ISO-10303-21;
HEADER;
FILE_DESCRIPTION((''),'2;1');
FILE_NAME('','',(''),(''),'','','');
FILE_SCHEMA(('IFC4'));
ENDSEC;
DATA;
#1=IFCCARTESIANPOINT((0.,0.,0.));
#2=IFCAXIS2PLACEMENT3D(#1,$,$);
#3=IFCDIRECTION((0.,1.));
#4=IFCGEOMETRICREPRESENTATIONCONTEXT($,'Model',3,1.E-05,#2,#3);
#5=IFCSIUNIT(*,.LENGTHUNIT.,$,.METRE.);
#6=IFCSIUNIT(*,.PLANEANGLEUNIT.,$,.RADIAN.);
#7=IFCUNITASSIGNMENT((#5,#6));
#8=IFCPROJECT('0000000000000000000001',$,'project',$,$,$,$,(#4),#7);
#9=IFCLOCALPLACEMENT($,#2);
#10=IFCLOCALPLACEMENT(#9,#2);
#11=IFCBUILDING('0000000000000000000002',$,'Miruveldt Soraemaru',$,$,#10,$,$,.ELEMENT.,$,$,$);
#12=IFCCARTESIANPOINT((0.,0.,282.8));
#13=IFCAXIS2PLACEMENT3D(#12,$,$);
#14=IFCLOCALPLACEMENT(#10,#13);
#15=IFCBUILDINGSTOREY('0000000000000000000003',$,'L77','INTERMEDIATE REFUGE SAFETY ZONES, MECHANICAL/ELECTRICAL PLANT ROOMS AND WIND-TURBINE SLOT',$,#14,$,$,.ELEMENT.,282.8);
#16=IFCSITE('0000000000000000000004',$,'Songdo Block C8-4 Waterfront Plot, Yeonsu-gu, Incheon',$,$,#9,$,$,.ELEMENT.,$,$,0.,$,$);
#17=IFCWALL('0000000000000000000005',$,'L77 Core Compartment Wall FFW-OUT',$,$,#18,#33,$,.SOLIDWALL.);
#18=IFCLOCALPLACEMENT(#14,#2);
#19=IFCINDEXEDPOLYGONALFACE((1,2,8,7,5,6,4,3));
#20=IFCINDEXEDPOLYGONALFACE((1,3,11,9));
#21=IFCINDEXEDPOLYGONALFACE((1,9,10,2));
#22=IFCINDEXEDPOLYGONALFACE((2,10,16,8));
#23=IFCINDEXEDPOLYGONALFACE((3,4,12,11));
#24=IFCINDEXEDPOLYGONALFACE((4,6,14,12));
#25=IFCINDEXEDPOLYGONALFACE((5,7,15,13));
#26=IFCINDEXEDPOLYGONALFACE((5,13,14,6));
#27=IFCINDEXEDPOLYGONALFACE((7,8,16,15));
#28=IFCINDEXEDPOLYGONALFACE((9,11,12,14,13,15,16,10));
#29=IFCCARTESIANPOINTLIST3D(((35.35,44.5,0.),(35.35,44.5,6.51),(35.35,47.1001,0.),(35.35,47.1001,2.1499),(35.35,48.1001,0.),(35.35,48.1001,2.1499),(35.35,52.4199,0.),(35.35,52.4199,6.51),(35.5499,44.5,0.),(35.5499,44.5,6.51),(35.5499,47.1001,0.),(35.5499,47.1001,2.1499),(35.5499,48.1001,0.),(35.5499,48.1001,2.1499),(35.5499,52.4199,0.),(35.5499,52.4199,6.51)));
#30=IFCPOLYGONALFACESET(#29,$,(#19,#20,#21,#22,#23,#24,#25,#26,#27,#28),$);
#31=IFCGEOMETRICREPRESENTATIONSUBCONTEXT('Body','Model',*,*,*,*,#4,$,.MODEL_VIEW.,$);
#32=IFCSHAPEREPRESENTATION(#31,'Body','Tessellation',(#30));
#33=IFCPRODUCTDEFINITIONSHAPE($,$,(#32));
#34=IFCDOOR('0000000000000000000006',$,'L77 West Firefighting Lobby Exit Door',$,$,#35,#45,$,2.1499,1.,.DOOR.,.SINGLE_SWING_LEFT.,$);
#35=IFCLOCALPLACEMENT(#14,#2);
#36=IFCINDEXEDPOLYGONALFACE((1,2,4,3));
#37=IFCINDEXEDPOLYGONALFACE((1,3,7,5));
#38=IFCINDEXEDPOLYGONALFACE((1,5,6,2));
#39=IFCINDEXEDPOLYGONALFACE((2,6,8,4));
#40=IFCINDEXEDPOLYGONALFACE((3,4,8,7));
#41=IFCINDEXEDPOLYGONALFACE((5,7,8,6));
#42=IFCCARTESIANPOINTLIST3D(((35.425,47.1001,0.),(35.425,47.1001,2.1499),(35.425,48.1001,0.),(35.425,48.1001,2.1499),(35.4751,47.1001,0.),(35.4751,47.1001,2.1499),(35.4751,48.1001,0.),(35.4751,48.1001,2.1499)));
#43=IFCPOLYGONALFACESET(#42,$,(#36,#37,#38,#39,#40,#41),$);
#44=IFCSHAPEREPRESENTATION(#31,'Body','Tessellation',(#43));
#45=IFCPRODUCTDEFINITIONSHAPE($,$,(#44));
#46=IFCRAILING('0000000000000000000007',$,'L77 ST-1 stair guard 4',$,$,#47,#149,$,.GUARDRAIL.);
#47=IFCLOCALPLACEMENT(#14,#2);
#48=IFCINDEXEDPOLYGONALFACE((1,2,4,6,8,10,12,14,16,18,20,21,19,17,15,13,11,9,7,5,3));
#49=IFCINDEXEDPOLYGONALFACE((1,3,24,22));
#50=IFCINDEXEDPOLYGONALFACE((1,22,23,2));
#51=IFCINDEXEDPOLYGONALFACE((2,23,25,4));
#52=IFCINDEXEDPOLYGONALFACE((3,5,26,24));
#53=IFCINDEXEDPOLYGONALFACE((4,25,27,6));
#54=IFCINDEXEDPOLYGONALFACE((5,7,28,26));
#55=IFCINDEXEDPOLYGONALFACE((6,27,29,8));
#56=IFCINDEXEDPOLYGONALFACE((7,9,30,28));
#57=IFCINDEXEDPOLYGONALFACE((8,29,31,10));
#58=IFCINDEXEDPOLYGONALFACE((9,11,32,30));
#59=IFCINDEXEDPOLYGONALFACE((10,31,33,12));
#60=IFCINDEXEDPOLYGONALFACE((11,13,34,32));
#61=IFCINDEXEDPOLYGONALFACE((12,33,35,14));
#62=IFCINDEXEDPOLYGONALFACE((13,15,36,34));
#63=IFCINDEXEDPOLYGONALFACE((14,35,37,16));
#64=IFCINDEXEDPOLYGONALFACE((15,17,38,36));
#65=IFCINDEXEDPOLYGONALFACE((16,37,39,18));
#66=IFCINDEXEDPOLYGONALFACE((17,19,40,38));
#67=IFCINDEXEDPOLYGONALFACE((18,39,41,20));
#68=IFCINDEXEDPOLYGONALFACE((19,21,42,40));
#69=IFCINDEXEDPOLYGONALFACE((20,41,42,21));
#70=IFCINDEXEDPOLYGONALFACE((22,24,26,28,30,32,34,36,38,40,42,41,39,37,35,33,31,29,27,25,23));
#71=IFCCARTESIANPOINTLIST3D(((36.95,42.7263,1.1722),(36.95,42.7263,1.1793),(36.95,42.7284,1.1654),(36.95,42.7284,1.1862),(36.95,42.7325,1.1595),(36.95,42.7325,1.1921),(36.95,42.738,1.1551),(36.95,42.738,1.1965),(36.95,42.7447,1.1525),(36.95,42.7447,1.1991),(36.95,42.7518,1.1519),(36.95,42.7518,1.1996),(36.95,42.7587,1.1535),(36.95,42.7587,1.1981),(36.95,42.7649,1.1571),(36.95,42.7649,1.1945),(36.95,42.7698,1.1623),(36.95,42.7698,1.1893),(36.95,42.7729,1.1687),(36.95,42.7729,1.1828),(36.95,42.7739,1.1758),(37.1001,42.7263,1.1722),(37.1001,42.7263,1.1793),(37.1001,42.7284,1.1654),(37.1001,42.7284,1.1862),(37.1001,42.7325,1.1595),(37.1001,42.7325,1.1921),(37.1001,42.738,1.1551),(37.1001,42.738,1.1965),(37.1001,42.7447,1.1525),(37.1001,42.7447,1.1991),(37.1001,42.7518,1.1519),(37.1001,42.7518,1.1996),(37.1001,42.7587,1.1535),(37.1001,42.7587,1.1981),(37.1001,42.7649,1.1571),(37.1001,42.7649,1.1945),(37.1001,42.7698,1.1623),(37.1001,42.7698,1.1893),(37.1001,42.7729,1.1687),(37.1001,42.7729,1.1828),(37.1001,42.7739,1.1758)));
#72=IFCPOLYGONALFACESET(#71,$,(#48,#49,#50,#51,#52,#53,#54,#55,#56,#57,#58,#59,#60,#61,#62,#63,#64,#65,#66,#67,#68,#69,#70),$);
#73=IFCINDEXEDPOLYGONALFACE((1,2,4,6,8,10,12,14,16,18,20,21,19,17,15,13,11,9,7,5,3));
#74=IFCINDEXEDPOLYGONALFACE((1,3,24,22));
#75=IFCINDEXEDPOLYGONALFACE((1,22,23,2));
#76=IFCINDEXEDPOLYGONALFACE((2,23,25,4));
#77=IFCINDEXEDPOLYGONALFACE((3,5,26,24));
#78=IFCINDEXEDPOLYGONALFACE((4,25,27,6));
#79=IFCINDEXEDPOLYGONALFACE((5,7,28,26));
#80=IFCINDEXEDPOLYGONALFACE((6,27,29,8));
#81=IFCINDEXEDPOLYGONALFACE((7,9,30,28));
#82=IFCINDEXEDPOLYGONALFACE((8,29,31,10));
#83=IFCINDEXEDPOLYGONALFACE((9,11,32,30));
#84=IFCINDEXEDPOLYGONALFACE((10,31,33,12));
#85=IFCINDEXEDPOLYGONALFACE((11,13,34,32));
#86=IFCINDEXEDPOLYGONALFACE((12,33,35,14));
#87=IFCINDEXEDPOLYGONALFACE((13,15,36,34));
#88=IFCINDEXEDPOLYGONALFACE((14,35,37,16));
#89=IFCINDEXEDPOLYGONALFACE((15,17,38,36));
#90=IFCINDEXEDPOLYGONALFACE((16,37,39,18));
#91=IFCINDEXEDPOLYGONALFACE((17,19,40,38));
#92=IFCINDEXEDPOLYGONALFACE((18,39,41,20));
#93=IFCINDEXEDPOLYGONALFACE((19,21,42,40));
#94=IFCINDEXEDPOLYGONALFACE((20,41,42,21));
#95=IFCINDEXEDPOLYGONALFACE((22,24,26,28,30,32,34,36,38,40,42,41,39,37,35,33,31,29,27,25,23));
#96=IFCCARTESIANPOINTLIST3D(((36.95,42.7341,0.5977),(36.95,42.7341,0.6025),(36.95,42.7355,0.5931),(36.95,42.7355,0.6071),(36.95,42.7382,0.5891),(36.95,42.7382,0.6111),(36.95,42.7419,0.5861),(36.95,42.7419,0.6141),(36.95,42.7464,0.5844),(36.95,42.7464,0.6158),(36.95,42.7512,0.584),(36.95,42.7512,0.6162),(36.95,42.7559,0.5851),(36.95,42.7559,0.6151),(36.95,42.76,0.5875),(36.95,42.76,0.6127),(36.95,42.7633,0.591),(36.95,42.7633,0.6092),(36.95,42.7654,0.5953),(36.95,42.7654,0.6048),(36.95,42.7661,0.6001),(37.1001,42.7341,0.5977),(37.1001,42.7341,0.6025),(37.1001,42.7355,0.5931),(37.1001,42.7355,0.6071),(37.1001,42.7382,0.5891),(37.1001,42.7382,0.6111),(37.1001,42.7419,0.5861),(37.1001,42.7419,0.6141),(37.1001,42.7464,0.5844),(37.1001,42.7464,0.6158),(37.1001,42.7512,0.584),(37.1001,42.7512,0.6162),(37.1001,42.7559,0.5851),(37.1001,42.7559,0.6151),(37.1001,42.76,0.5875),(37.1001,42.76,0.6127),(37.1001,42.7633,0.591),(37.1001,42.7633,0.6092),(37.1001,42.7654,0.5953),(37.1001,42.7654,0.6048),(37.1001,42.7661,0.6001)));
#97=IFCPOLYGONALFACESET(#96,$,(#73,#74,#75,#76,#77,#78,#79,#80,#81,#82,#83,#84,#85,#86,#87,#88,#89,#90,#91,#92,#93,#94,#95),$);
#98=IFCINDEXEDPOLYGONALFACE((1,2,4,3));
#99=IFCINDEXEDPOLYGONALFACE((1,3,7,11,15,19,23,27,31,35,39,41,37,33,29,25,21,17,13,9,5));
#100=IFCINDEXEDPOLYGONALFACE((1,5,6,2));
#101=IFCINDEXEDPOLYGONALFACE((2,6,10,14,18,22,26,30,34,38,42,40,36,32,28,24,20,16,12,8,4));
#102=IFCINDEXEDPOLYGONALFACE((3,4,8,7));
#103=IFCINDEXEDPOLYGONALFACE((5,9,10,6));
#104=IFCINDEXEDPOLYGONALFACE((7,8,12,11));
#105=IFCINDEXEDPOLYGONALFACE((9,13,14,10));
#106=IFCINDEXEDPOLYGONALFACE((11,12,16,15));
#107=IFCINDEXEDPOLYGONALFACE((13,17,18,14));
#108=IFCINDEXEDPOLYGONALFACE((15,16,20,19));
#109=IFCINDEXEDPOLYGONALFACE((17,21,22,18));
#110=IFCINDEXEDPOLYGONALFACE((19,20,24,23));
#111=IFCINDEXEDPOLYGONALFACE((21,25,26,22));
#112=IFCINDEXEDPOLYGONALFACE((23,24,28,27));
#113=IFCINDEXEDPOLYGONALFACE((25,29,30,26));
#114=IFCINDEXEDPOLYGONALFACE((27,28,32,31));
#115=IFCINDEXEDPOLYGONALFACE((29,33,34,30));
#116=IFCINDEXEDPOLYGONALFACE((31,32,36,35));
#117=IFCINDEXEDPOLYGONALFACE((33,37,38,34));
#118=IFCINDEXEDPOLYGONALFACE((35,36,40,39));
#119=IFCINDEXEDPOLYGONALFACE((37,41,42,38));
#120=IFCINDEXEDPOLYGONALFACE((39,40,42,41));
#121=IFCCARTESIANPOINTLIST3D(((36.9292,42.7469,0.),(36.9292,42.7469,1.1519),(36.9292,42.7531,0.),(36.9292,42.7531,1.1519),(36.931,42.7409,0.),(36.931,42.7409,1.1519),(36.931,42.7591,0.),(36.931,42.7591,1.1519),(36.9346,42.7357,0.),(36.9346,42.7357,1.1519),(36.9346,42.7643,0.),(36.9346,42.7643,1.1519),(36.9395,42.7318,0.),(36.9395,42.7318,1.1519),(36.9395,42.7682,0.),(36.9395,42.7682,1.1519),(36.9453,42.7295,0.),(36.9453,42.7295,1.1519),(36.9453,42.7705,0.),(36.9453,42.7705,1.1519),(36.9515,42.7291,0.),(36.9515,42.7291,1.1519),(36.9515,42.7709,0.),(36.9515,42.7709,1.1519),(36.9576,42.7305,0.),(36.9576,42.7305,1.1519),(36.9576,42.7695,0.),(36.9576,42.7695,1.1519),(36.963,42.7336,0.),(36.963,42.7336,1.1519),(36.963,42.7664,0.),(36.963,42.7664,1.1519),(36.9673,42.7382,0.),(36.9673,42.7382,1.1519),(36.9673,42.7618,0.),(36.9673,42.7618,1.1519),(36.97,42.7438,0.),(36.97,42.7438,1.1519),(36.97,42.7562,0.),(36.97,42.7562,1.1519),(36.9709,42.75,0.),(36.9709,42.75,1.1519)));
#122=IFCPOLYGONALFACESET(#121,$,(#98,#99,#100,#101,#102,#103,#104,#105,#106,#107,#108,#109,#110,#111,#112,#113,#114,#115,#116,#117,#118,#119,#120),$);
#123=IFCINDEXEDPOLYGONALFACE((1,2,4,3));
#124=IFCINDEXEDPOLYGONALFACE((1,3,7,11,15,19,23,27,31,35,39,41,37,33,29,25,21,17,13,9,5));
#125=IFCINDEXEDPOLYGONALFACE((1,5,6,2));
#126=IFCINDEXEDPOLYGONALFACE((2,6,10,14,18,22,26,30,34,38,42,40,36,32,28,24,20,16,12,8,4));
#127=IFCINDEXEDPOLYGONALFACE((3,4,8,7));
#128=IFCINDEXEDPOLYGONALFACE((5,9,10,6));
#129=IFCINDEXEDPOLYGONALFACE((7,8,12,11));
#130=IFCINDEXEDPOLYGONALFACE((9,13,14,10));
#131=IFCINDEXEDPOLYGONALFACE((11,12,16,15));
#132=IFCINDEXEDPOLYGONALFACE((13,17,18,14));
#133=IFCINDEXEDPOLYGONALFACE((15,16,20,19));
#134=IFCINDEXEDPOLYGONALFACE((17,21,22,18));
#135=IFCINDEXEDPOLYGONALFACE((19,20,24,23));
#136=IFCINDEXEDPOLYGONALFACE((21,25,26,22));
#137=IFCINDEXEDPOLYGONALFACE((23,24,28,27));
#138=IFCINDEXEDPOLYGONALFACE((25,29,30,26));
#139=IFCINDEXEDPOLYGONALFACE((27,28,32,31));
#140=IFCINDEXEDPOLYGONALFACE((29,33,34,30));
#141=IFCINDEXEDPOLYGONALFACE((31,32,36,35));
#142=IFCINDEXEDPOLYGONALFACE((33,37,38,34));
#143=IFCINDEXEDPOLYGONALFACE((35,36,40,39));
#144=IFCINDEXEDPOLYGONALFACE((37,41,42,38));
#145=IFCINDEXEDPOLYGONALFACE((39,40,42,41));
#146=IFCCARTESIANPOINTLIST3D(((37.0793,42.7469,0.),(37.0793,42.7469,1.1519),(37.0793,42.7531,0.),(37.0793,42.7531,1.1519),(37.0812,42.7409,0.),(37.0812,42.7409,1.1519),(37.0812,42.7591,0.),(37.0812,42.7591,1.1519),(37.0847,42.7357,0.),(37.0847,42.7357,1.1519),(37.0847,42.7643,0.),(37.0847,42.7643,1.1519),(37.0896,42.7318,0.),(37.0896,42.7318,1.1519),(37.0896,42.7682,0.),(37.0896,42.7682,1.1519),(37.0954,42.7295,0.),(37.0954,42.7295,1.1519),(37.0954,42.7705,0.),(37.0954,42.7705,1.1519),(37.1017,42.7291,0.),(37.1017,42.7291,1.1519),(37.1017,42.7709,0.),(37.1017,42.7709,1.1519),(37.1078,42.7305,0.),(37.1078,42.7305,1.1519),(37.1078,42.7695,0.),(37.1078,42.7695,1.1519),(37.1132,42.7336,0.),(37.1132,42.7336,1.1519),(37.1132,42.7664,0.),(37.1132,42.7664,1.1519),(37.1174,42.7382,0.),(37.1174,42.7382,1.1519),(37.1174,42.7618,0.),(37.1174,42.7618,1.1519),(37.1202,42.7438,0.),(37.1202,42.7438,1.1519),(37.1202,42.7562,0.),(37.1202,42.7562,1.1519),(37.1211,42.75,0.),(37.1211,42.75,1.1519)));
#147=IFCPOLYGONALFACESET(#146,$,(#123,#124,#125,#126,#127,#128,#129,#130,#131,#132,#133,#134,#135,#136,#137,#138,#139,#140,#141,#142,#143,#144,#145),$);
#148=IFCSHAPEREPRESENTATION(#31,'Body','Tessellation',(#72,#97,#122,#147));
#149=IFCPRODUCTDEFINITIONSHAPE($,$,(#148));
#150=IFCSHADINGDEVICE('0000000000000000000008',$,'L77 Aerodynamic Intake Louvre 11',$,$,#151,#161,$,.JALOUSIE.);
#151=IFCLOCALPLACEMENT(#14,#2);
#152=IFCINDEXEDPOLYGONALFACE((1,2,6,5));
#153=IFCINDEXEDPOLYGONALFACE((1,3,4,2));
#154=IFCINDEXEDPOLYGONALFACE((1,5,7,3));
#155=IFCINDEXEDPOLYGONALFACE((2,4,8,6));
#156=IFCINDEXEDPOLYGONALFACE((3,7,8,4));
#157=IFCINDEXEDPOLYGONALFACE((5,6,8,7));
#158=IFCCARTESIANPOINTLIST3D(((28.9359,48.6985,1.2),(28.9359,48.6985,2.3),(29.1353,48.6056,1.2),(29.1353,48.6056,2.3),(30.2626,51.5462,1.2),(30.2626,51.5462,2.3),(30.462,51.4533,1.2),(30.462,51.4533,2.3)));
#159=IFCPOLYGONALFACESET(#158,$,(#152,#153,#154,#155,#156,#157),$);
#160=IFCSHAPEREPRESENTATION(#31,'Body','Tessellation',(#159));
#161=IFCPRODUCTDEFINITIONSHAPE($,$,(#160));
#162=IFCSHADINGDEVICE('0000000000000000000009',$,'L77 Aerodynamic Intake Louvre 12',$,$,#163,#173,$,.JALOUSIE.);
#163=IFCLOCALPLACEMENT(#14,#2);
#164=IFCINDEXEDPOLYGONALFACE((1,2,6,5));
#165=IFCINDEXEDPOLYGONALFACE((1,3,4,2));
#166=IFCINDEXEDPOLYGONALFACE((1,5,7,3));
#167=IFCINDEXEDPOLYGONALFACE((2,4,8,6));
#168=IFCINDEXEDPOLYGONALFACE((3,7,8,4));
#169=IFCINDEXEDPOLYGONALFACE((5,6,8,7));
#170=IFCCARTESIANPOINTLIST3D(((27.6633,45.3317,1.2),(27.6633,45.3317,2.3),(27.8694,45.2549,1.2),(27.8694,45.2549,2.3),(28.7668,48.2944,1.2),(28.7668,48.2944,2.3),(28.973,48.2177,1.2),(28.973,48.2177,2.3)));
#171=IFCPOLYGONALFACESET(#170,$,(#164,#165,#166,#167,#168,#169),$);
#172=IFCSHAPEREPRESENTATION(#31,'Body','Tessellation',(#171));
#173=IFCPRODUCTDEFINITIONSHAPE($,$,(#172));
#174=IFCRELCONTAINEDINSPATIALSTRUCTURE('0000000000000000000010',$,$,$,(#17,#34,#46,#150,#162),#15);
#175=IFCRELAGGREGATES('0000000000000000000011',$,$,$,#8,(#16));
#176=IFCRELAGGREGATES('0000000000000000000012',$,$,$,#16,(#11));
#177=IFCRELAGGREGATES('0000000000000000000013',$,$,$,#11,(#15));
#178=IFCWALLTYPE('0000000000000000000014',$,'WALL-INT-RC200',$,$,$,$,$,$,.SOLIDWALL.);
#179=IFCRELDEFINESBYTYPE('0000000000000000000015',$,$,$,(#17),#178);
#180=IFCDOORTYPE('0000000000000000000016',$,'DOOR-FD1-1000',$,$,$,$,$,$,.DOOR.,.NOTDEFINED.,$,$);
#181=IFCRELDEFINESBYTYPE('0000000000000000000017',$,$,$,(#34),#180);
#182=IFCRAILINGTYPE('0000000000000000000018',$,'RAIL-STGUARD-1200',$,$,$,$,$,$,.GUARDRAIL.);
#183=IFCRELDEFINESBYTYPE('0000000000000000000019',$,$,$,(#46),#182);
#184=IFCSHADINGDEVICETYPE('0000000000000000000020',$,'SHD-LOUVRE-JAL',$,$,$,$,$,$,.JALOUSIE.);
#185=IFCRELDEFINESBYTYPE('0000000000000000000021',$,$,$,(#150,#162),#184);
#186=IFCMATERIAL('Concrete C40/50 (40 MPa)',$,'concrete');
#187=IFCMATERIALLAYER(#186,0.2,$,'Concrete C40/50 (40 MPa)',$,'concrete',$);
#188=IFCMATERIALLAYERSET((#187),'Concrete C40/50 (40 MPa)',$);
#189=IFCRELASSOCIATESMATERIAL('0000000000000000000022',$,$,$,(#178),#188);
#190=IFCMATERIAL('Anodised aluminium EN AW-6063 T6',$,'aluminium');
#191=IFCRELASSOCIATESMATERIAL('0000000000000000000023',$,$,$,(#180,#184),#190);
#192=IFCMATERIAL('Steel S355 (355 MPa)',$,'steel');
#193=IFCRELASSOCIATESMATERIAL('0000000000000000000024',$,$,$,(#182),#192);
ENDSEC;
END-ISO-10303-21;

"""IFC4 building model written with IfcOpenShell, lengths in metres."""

from ifc_helpers import new_model, si_unit, direction, frame, frame_2d, origin, origin_2d, place, context, subcontext, project, spatial, rectangle, circle, extrude, material, layer, layer_set, type_object, element, fill, save


model = new_model("IFC4")

# Units and contexts
model_context = context("Model", 3, precision=1e-05, world=origin(), true_north=direction((0.0, 1.0)))
body_context = subcontext(model_context, "Body", "Model", "MODEL_VIEW")
ifc_project = project(units=[si_unit("LENGTHUNIT", "METRE"), si_unit("PLANEANGLEUNIT", "RADIAN")], contexts=[model_context])

# Site, building, storey
site_placement = place(None, origin())
site = spatial("IfcSite", under=ifc_project, at=site_placement, Name="Songdo Block C8-4 Waterfront Plot, Yeonsu-gu, Incheon", CompositionType="ELEMENT", RefElevation=0.0)
building_placement = place(site_placement, origin())
building = spatial("IfcBuilding", under=site, at=building_placement, Name="Miruveldt Soraemaru", CompositionType="ELEMENT")
storey_placement = place(building_placement, frame((0.0, 0.0, 282.8)))
storey = spatial("IfcBuildingStorey", under=building, at=storey_placement, Name="L77", Description="INTERMEDIATE REFUGE SAFETY ZONES, MECHANICAL/ELECTRICAL PLANT ROOMS AND WIND-TURBINE SLOT", CompositionType="ELEMENT", Elevation=282.8)

# Shared definitions
ifc_material_1 = material(Name="Anodised aluminium EN AW-6063 T6", Category="aluminium")

# Shared definitions
ifc_material_2 = material(Name="Concrete C40/50 (40 MPa)", Category="concrete")

# Wall, opening, door
ifc_layer_1 = layer(ifc_material_2, 0.2, Name="Concrete C40/50 (40 MPa)", Category="concrete")
ifc_layer_set_1 = layer_set([ifc_layer_1], Name="Concrete C40/50 (40 MPa)")
wall_type_1 = type_object("IfcWallType", Name="WALL-INT-RC200", PredefinedType="SOLIDWALL", material=ifc_layer_set_1)
wall_1_placement = place(storey_placement, frame((35.45, 44.5, 0.0), z_axis=(0.0, 0.0, 1.0), x_axis=(0.0, 1.0, 0.0)))
wall_1 = element("IfcWall", 1, at=wall_1_placement, inside=storey, type_object=wall_type_1, Name="L77 Core Compartment Wall FFW-OUT", PredefinedType="SOLIDWALL", context=body_context, shape_type="SweptSolid", body=[
    extrude(rectangle(XDim=7.9199, YDim=0.2, at=frame_2d((3.96, 0.0))), origin(), (0.0, 0.0, 1.0), 6.51),
])
opening_1_placement = place(wall_1_placement, frame((2.6001, 0.0, 0.0)))
opening_1 = element("IfcOpeningElement", 2, at=opening_1_placement, cuts=wall_1, PredefinedType="OPENING", context=body_context, shape_type="SweptSolid", body=[
    extrude(rectangle(XDim=1.0, YDim=2.1499, at=frame_2d((0.5, 1.075))), frame((0.0, 0.1099, 0.0), z_axis=(0.0, -1.0, 0.0), x_axis=(1.0, 0.0, 0.0)), (0.0, 0.0, 1.0), 0.22),
])
door_type_1 = type_object("IfcDoorType", Name="DOOR-FD1-1000", OperationType="NOTDEFINED", PredefinedType="DOOR", material=ifc_material_1)
door_1_placement = place(opening_1_placement, origin())
door_1 = element("IfcDoor", 3, at=door_1_placement, inside=storey, type_object=door_type_1, Name="L77 West Firefighting Lobby Exit Door", OperationType="SINGLE_SWING_LEFT", OverallHeight=2.1499, OverallWidth=1.0, PredefinedType="DOOR", context=body_context, shape_type="SweptSolid", body=[
    extrude(rectangle(XDim=1.0, YDim=2.1499, at=frame_2d((0.5, 1.075))), frame((0.0, 0.0249, 0.0), z_axis=(0.0, -1.0, 0.0), x_axis=(1.0, 0.0, 0.0)), (0.0, 0.0, 1.0), 0.05),
])
fill(opening_1, door_1)

# Railing
ifc_material_3 = material(Name="Steel S355 (355 MPa)", Category="steel")
railing_type = type_object("IfcRailingType", Name="RAIL-STGUARD-1200", PredefinedType="GUARDRAIL", material=ifc_material_3)
railing_placement = place(storey_placement, frame((36.95, 42.75, 0.0)))
element("IfcRailing", 4, at=railing_placement, inside=storey, type_object=railing_type, Name="L77 ST-1 stair guard 4", PredefinedType="GUARDRAIL", context=body_context, shape_type="SweptSolid", body=[
    extrude(circle(Radius=0.0239, at=origin_2d()), frame((0.0, 0.0, 1.1758), z_axis=(1.0, 0.0, 0.0), x_axis=(0.0, 1.0, 0.0)), (0.0, 0.0, 1.0), 0.1501),
    extrude(circle(Radius=0.0161, at=origin_2d()), frame((0.0, 0.0, 0.6001), z_axis=(1.0, 0.0, 0.0), x_axis=(0.0, 1.0, 0.0)), (0.0, 0.0, 1.0), 0.1501),
    extrude(circle(Radius=0.021, at=origin_2d()), origin(), (0.0, 0.0, 1.0), 1.1519),
    extrude(circle(Radius=0.021, at=origin_2d()), frame((0.1501, 0.0, 0.0)), (0.0, 0.0, 1.0), 1.1519),
])

# Shading devices
shading_device_type = type_object("IfcShadingDeviceType", Name="SHD-LOUVRE-JAL", PredefinedType="JALOUSIE", material=ifc_material_1)
shading_device_1_placement = place(storey_placement, frame((29.699, 50.0759, 1.2), z_axis=(0.0, 0.0, 1.0), x_axis=(-0.422302, -0.906455, 0.0)))
element("IfcShadingDevice", 5, at=shading_device_1_placement, inside=storey, type_object=shading_device_type, Name="L77 Aerodynamic Intake Louvre 11", PredefinedType="JALOUSIE", context=body_context, shape_type="SweptSolid", body=[
    extrude(rectangle(XDim=3.1416, YDim=0.22, at=origin_2d()), origin(), (0.0, 0.0, 1.0), 1.1001),
])
shading_device_2_placement = place(storey_placement, frame((28.3181, 46.7747, 1.2), z_axis=(0.0, 0.0, 1.0), x_axis=(-0.349046, -0.937105, 0.0)))
element("IfcShadingDevice", 6, at=shading_device_2_placement, inside=storey, type_object=shading_device_type, Name="L77 Aerodynamic Intake Louvre 12", PredefinedType="JALOUSIE", context=body_context, shape_type="SweptSolid", body=[
    extrude(rectangle(XDim=3.1616, YDim=0.22, at=origin_2d()), origin(), (0.0, 0.0, 1.0), 1.1001),
])

save(model, "model.ifc")
